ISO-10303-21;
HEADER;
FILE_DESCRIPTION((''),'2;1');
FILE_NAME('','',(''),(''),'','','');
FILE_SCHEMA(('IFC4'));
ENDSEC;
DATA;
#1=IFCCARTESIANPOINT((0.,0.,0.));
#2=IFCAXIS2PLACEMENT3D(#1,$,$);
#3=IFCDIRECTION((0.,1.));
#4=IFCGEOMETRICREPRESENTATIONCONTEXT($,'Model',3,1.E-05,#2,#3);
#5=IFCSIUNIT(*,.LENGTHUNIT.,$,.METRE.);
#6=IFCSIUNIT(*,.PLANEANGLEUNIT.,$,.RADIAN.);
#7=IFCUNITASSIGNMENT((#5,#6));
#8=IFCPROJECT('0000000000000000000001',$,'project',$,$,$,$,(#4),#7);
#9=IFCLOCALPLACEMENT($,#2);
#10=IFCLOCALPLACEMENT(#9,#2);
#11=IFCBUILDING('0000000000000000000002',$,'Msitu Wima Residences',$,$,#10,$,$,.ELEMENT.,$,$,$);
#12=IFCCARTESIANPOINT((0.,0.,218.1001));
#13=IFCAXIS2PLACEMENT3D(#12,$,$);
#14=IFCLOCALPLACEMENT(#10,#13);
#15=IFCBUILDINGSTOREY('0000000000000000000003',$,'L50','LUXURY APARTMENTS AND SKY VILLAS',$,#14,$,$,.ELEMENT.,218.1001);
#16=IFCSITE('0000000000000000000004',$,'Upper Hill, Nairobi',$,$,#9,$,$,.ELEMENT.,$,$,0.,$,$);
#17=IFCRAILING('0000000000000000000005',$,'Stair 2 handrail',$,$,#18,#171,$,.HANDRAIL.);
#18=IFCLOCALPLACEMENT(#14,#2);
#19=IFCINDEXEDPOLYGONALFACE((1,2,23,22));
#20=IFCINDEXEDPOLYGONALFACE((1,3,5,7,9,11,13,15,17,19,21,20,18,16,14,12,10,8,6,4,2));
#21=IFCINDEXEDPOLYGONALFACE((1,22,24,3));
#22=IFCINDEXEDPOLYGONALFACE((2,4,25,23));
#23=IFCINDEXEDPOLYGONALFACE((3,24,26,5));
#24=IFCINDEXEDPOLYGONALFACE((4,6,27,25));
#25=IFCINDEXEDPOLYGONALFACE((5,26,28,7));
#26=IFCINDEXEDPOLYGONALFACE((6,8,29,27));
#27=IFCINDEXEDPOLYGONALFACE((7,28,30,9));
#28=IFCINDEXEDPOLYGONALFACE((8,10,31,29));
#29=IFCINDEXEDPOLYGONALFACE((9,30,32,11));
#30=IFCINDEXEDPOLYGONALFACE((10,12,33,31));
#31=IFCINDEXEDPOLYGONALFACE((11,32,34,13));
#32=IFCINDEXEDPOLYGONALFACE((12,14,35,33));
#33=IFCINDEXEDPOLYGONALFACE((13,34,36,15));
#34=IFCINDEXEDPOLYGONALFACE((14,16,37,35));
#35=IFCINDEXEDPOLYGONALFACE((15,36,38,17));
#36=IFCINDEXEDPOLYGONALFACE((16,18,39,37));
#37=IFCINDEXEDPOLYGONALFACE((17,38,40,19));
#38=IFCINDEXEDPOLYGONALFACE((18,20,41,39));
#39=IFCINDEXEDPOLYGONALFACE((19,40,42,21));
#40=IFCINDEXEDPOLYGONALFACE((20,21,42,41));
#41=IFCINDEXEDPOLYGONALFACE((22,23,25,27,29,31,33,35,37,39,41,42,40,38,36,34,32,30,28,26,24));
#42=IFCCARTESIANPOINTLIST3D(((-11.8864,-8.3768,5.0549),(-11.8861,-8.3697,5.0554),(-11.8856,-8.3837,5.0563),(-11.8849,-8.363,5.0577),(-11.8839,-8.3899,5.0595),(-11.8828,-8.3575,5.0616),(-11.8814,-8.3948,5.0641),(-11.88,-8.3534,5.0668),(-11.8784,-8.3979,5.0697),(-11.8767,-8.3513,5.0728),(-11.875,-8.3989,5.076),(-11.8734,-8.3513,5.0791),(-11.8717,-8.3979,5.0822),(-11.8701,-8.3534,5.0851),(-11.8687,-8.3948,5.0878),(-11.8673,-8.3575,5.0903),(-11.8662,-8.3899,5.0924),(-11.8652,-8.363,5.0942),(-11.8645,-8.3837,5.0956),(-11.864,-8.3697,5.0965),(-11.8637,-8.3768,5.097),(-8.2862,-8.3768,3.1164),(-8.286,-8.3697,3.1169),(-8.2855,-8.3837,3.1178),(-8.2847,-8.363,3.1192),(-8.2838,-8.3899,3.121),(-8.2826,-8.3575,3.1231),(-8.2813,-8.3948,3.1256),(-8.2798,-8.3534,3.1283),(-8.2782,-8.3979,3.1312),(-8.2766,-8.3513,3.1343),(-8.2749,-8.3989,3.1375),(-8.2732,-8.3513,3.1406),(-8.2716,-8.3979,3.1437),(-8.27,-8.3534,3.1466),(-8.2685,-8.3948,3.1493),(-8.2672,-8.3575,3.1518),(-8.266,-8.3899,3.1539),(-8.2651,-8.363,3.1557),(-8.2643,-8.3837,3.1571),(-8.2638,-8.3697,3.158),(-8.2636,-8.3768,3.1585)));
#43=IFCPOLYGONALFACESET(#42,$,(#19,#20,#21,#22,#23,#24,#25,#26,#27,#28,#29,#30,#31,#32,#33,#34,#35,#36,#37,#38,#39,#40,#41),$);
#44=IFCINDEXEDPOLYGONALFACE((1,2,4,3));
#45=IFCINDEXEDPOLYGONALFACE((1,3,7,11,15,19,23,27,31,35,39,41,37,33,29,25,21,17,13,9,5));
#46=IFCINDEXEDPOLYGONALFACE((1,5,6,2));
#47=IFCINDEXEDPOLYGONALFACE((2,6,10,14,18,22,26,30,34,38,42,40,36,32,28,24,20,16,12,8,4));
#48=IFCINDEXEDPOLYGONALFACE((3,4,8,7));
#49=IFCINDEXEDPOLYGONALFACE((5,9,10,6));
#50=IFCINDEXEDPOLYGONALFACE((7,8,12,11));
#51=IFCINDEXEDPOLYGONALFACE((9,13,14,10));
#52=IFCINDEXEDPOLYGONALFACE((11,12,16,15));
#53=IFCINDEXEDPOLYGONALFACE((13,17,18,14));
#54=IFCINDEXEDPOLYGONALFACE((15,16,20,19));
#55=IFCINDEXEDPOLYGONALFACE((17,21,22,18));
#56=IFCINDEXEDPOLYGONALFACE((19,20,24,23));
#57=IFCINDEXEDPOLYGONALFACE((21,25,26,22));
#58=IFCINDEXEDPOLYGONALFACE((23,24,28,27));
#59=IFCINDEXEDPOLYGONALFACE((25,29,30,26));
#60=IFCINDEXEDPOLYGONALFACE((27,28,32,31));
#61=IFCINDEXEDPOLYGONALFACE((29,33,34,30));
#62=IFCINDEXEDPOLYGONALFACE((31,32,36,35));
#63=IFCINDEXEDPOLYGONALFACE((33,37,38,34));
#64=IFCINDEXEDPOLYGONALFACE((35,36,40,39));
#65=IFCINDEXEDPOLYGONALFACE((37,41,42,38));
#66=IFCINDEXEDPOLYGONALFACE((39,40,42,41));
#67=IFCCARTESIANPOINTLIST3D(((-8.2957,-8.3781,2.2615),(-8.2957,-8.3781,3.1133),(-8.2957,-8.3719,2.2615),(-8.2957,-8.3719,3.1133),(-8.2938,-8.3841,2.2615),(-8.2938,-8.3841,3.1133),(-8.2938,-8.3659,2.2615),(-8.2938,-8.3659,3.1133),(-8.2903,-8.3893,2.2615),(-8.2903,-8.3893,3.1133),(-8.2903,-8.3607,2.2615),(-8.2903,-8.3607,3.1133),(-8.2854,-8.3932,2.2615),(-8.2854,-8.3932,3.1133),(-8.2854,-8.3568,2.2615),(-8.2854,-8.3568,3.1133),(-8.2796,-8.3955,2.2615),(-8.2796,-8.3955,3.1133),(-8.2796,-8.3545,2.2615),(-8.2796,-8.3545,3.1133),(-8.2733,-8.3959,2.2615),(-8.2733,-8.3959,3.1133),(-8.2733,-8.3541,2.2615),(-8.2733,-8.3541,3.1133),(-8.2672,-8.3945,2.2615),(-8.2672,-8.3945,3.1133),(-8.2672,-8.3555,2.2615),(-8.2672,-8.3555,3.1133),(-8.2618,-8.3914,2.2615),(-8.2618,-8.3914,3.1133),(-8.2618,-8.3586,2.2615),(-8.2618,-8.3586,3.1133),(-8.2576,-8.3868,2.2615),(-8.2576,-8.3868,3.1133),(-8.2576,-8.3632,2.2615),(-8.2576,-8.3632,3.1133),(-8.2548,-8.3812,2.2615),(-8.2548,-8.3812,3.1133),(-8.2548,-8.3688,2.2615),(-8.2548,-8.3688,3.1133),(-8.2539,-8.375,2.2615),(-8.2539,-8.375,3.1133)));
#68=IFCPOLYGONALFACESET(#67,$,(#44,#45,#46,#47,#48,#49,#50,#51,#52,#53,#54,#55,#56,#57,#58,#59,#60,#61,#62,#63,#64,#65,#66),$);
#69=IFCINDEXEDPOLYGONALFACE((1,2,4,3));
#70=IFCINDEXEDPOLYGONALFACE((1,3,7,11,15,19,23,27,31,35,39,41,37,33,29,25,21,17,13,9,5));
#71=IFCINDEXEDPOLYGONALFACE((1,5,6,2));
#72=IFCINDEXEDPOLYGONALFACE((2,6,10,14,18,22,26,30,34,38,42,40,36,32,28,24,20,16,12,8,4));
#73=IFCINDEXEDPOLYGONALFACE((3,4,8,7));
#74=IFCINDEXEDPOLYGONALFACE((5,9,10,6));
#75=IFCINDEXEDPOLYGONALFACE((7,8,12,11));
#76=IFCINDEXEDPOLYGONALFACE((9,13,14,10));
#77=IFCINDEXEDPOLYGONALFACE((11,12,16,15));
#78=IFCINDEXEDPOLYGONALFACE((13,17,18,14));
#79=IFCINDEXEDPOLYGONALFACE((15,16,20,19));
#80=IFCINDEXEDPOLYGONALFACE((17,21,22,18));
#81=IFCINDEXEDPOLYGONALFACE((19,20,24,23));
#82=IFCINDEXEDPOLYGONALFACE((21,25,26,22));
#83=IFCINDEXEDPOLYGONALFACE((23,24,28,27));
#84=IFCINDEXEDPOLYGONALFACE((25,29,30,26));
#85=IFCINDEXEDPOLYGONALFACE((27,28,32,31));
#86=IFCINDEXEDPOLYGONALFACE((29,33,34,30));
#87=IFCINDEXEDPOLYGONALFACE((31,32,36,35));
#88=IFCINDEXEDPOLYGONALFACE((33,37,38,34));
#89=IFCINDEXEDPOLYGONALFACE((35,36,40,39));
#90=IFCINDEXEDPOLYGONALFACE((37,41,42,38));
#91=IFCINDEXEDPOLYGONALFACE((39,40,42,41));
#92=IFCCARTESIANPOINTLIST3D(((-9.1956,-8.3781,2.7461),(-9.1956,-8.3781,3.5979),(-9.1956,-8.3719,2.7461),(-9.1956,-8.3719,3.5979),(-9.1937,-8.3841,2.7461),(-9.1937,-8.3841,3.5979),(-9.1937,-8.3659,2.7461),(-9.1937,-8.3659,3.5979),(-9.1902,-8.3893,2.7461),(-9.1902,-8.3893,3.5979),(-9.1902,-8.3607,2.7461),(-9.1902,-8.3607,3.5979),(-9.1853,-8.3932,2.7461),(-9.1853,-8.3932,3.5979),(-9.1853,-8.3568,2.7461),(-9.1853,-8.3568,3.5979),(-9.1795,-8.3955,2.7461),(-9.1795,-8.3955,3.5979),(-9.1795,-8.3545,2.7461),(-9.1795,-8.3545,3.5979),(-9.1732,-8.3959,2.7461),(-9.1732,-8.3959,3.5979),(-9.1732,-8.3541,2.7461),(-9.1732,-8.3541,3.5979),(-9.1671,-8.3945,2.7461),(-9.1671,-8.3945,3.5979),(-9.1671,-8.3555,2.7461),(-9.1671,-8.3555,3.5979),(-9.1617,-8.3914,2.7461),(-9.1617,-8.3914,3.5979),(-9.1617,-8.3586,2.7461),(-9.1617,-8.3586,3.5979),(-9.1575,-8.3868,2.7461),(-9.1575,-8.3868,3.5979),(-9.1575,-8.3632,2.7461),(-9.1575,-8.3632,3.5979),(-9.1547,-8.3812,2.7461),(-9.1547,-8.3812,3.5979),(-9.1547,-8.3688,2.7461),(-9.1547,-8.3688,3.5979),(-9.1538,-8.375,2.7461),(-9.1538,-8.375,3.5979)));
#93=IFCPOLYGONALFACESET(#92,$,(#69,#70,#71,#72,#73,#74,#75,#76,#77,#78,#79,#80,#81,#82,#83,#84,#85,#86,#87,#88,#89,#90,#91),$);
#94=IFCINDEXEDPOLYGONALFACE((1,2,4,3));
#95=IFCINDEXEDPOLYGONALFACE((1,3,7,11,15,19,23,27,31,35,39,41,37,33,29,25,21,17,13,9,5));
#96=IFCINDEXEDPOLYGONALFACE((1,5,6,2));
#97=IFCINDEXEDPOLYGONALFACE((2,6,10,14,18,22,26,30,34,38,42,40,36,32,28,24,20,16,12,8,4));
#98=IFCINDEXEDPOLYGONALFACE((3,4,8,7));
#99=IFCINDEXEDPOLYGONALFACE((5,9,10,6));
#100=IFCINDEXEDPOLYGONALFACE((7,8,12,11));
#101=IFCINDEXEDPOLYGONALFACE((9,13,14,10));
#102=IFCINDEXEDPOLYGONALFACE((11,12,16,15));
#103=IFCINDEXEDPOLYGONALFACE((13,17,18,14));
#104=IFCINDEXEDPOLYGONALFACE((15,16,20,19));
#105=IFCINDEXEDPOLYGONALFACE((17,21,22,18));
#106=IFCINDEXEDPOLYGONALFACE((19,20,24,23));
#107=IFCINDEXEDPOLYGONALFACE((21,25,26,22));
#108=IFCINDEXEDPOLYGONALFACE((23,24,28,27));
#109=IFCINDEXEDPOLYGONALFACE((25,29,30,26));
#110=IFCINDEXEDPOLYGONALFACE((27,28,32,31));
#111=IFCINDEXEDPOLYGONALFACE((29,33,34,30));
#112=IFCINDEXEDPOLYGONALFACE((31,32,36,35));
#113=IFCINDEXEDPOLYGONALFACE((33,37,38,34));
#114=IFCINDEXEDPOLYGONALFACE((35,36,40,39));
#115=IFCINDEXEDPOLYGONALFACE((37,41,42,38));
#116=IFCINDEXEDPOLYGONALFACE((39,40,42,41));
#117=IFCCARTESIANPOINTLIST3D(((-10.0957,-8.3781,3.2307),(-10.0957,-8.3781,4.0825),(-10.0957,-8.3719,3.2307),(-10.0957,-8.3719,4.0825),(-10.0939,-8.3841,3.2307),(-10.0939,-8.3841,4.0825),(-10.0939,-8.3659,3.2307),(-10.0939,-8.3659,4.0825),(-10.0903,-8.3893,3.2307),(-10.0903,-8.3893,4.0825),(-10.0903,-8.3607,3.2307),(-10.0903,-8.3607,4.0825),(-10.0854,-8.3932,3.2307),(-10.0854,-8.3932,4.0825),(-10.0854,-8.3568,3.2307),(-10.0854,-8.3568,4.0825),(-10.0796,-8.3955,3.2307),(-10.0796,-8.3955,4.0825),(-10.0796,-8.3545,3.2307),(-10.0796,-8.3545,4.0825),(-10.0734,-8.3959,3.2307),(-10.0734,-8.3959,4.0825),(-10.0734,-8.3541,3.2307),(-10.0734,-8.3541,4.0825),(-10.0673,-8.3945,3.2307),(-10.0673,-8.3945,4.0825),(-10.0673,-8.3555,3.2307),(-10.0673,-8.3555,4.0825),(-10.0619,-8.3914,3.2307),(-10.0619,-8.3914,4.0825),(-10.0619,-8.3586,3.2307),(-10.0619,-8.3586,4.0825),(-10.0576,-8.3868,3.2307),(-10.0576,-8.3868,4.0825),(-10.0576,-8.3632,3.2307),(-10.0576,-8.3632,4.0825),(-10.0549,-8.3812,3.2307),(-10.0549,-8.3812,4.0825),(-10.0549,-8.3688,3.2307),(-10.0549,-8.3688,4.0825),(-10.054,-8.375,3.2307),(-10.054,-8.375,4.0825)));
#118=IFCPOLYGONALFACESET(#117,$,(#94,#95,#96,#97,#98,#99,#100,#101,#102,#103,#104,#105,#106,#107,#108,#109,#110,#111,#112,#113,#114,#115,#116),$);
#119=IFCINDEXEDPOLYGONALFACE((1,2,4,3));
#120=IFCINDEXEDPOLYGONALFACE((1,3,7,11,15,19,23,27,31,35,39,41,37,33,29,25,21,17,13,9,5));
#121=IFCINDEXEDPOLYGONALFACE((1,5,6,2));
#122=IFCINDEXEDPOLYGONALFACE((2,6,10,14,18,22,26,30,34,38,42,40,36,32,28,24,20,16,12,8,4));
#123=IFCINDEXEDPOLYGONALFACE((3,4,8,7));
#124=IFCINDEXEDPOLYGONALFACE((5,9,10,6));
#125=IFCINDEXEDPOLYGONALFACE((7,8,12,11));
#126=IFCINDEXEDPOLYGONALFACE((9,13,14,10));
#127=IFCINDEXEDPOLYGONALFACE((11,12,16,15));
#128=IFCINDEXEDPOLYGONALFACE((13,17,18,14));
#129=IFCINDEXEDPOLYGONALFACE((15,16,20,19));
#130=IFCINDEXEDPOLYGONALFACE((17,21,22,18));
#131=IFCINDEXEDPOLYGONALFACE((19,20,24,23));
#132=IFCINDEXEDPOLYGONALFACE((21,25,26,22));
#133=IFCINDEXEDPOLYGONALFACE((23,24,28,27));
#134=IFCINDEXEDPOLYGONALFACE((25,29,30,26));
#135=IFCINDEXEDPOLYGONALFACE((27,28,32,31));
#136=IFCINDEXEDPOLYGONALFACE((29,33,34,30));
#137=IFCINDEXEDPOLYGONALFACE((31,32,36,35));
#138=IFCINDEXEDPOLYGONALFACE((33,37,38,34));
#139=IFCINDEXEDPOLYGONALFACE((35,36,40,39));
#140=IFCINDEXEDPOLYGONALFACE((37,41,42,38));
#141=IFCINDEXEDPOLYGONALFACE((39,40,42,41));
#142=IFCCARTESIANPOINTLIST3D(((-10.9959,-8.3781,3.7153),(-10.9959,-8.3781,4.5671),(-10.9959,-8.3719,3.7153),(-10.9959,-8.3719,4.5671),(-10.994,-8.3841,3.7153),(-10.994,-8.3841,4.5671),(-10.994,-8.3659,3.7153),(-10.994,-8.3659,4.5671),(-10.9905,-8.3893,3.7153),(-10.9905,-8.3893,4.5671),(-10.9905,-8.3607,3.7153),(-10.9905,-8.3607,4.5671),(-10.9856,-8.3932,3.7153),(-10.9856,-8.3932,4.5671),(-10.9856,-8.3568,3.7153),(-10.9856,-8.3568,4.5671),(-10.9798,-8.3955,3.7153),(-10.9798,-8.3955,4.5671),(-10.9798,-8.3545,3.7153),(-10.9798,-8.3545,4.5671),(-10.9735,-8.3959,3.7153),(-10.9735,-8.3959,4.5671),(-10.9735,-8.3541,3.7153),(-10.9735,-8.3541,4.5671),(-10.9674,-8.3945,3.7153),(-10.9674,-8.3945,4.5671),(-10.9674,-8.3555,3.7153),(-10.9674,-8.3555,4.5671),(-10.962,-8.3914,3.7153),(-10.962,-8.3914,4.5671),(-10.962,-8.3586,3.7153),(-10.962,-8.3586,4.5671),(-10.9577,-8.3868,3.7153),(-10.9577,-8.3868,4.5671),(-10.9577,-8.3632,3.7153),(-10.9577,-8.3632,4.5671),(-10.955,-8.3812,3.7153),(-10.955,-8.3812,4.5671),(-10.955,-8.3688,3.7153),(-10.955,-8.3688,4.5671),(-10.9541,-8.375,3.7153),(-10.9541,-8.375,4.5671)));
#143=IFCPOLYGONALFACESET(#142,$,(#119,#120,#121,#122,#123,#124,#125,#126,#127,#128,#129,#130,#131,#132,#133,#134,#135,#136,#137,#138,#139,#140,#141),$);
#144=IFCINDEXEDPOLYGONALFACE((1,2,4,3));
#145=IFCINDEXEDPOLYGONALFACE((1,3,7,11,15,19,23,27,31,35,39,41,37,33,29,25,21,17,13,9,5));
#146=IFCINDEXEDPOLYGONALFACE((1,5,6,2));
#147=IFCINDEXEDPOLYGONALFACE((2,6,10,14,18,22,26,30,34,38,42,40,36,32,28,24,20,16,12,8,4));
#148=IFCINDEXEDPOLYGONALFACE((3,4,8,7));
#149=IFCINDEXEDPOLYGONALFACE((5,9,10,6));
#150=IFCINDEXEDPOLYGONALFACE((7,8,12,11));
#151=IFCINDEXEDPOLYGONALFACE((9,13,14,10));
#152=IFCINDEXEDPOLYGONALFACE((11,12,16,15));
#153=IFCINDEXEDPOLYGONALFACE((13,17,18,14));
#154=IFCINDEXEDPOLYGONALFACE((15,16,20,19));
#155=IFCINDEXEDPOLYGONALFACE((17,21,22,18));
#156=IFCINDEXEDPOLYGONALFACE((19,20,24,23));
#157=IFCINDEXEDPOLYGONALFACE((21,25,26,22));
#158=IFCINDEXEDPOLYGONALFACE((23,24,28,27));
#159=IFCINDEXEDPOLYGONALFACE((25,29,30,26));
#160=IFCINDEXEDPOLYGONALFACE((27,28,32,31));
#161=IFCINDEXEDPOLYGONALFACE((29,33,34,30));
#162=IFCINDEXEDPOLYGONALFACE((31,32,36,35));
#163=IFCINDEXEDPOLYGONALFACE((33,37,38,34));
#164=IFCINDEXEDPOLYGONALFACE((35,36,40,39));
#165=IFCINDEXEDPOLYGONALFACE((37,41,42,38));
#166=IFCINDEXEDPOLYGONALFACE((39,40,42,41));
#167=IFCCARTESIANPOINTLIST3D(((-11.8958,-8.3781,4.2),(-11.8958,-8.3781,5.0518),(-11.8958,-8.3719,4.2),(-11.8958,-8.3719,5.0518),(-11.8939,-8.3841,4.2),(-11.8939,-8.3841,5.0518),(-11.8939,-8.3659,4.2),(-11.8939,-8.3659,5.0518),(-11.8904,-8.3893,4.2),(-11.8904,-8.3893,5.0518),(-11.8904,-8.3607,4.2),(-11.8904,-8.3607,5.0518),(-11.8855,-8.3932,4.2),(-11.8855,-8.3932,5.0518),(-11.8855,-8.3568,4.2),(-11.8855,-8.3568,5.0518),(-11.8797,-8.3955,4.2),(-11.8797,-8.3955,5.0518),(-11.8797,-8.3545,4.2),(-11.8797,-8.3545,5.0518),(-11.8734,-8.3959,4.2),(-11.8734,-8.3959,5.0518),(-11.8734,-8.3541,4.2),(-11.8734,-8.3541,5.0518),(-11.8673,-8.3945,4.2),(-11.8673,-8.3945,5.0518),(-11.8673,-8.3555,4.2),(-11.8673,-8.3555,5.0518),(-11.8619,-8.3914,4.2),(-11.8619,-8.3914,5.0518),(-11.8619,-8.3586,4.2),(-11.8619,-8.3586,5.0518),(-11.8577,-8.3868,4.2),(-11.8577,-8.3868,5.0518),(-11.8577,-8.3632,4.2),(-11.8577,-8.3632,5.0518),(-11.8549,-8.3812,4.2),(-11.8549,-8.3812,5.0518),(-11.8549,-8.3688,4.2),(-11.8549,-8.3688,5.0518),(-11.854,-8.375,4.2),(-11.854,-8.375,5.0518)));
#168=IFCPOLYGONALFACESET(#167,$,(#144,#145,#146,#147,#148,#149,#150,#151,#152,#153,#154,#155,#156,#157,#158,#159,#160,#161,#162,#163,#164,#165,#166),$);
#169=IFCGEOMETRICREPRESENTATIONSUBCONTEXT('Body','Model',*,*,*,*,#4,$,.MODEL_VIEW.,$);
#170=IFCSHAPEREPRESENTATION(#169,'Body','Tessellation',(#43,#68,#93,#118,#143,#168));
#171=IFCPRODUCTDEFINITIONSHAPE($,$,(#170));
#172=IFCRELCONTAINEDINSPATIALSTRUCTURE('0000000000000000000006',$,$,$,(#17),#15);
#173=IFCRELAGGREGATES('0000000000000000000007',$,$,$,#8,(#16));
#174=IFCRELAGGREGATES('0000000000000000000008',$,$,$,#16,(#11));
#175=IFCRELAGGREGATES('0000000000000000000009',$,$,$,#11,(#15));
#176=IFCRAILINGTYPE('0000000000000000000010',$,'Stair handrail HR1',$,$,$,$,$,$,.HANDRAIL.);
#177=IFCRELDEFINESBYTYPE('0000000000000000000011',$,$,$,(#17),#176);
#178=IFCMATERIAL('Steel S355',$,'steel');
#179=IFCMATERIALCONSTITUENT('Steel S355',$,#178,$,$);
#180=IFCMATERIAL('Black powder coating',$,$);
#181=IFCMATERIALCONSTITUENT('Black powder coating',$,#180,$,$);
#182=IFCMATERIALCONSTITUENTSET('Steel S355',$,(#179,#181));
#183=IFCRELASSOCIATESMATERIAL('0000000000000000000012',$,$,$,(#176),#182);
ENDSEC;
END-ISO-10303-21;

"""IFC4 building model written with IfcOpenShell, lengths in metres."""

from ifc_helpers import new_model, si_unit, direction, frame, origin, origin_2d, place, context, subcontext, project, spatial, circle, extrude, material, constituent, constituent_set, type_object, element, save


model = new_model("IFC4")

# Units and contexts
model_context = context("Model", 3, precision=1e-05, world=origin(), true_north=direction((0.0, 1.0)))
body_context = subcontext(model_context, "Body", "Model", "MODEL_VIEW")
ifc_project = project(units=[si_unit("LENGTHUNIT", "METRE"), si_unit("PLANEANGLEUNIT", "RADIAN")], contexts=[model_context])

# Site, building, storey
site_placement = place(None, origin())
site = spatial("IfcSite", under=ifc_project, at=site_placement, Name="Upper Hill, Nairobi", CompositionType="ELEMENT", RefElevation=0.0)
building_placement = place(site_placement, origin())
building = spatial("IfcBuilding", under=site, at=building_placement, Name="Msitu Wima Residences", CompositionType="ELEMENT")
storey_placement = place(building_placement, frame((0.0, 0.0, 218.1001)))
storey = spatial("IfcBuildingStorey", under=building, at=storey_placement, Name="L50", Description="LUXURY APARTMENTS AND SKY VILLAS", CompositionType="ELEMENT", Elevation=218.1001)

# Railing
ifc_material_1 = material(Name="Steel S355", Category="steel")
ifc_constituent_1 = constituent(ifc_material_1, Name="Steel S355")
ifc_material_2 = material(Name="Black powder coating")
ifc_constituent_2 = constituent(ifc_material_2, Name="Black powder coating")
ifc_constituent_set = constituent_set(constituents=[ifc_constituent_1, ifc_constituent_2], Name="Steel S355")
railing_type = type_object("IfcRailingType", Name="Stair handrail HR1", PredefinedType="HANDRAIL", material=ifc_constituent_set)
for number, where, name in (
    (1, (-8.2749, -8.375, 2.2615), "Stair 2 handrail"),
):
    element("IfcRailing", number, at=place(storey_placement, frame(where)), inside=storey, type_object=railing_type, Name=name, PredefinedType="HANDRAIL", context=body_context, shape_type="SweptSolid", body=[
        extrude(circle(Radius=0.0239, at=origin_2d()), frame((0.0, 0.0, 0.876), z_axis=(-0.880475, 0.0, 0.474093), x_axis=(0.0, -1.0, 0.0)), (0.0, 0.0, 1.0), 4.0889),
        extrude(circle(Radius=0.021, at=origin_2d()), origin(), (0.0, 0.0, 1.0), 0.8518),
        extrude(circle(Radius=0.021, at=origin_2d()), frame((-0.8999, 0.0, 0.4846)), (0.0, 0.0, 1.0), 0.8518),
        extrude(circle(Radius=0.021, at=origin_2d()), frame((-1.8, 0.0, 0.9692)), (0.0, 0.0, 1.0), 0.8518),
        extrude(circle(Radius=0.021, at=origin_2d()), frame((-2.7002, 0.0, 1.4539)), (0.0, 0.0, 1.0), 0.8518),
        extrude(circle(Radius=0.021, at=origin_2d()), frame((-3.6001, 0.0, 1.9385)), (0.0, 0.0, 1.0), 0.8518),
    ])

save(model, "model.ifc")
